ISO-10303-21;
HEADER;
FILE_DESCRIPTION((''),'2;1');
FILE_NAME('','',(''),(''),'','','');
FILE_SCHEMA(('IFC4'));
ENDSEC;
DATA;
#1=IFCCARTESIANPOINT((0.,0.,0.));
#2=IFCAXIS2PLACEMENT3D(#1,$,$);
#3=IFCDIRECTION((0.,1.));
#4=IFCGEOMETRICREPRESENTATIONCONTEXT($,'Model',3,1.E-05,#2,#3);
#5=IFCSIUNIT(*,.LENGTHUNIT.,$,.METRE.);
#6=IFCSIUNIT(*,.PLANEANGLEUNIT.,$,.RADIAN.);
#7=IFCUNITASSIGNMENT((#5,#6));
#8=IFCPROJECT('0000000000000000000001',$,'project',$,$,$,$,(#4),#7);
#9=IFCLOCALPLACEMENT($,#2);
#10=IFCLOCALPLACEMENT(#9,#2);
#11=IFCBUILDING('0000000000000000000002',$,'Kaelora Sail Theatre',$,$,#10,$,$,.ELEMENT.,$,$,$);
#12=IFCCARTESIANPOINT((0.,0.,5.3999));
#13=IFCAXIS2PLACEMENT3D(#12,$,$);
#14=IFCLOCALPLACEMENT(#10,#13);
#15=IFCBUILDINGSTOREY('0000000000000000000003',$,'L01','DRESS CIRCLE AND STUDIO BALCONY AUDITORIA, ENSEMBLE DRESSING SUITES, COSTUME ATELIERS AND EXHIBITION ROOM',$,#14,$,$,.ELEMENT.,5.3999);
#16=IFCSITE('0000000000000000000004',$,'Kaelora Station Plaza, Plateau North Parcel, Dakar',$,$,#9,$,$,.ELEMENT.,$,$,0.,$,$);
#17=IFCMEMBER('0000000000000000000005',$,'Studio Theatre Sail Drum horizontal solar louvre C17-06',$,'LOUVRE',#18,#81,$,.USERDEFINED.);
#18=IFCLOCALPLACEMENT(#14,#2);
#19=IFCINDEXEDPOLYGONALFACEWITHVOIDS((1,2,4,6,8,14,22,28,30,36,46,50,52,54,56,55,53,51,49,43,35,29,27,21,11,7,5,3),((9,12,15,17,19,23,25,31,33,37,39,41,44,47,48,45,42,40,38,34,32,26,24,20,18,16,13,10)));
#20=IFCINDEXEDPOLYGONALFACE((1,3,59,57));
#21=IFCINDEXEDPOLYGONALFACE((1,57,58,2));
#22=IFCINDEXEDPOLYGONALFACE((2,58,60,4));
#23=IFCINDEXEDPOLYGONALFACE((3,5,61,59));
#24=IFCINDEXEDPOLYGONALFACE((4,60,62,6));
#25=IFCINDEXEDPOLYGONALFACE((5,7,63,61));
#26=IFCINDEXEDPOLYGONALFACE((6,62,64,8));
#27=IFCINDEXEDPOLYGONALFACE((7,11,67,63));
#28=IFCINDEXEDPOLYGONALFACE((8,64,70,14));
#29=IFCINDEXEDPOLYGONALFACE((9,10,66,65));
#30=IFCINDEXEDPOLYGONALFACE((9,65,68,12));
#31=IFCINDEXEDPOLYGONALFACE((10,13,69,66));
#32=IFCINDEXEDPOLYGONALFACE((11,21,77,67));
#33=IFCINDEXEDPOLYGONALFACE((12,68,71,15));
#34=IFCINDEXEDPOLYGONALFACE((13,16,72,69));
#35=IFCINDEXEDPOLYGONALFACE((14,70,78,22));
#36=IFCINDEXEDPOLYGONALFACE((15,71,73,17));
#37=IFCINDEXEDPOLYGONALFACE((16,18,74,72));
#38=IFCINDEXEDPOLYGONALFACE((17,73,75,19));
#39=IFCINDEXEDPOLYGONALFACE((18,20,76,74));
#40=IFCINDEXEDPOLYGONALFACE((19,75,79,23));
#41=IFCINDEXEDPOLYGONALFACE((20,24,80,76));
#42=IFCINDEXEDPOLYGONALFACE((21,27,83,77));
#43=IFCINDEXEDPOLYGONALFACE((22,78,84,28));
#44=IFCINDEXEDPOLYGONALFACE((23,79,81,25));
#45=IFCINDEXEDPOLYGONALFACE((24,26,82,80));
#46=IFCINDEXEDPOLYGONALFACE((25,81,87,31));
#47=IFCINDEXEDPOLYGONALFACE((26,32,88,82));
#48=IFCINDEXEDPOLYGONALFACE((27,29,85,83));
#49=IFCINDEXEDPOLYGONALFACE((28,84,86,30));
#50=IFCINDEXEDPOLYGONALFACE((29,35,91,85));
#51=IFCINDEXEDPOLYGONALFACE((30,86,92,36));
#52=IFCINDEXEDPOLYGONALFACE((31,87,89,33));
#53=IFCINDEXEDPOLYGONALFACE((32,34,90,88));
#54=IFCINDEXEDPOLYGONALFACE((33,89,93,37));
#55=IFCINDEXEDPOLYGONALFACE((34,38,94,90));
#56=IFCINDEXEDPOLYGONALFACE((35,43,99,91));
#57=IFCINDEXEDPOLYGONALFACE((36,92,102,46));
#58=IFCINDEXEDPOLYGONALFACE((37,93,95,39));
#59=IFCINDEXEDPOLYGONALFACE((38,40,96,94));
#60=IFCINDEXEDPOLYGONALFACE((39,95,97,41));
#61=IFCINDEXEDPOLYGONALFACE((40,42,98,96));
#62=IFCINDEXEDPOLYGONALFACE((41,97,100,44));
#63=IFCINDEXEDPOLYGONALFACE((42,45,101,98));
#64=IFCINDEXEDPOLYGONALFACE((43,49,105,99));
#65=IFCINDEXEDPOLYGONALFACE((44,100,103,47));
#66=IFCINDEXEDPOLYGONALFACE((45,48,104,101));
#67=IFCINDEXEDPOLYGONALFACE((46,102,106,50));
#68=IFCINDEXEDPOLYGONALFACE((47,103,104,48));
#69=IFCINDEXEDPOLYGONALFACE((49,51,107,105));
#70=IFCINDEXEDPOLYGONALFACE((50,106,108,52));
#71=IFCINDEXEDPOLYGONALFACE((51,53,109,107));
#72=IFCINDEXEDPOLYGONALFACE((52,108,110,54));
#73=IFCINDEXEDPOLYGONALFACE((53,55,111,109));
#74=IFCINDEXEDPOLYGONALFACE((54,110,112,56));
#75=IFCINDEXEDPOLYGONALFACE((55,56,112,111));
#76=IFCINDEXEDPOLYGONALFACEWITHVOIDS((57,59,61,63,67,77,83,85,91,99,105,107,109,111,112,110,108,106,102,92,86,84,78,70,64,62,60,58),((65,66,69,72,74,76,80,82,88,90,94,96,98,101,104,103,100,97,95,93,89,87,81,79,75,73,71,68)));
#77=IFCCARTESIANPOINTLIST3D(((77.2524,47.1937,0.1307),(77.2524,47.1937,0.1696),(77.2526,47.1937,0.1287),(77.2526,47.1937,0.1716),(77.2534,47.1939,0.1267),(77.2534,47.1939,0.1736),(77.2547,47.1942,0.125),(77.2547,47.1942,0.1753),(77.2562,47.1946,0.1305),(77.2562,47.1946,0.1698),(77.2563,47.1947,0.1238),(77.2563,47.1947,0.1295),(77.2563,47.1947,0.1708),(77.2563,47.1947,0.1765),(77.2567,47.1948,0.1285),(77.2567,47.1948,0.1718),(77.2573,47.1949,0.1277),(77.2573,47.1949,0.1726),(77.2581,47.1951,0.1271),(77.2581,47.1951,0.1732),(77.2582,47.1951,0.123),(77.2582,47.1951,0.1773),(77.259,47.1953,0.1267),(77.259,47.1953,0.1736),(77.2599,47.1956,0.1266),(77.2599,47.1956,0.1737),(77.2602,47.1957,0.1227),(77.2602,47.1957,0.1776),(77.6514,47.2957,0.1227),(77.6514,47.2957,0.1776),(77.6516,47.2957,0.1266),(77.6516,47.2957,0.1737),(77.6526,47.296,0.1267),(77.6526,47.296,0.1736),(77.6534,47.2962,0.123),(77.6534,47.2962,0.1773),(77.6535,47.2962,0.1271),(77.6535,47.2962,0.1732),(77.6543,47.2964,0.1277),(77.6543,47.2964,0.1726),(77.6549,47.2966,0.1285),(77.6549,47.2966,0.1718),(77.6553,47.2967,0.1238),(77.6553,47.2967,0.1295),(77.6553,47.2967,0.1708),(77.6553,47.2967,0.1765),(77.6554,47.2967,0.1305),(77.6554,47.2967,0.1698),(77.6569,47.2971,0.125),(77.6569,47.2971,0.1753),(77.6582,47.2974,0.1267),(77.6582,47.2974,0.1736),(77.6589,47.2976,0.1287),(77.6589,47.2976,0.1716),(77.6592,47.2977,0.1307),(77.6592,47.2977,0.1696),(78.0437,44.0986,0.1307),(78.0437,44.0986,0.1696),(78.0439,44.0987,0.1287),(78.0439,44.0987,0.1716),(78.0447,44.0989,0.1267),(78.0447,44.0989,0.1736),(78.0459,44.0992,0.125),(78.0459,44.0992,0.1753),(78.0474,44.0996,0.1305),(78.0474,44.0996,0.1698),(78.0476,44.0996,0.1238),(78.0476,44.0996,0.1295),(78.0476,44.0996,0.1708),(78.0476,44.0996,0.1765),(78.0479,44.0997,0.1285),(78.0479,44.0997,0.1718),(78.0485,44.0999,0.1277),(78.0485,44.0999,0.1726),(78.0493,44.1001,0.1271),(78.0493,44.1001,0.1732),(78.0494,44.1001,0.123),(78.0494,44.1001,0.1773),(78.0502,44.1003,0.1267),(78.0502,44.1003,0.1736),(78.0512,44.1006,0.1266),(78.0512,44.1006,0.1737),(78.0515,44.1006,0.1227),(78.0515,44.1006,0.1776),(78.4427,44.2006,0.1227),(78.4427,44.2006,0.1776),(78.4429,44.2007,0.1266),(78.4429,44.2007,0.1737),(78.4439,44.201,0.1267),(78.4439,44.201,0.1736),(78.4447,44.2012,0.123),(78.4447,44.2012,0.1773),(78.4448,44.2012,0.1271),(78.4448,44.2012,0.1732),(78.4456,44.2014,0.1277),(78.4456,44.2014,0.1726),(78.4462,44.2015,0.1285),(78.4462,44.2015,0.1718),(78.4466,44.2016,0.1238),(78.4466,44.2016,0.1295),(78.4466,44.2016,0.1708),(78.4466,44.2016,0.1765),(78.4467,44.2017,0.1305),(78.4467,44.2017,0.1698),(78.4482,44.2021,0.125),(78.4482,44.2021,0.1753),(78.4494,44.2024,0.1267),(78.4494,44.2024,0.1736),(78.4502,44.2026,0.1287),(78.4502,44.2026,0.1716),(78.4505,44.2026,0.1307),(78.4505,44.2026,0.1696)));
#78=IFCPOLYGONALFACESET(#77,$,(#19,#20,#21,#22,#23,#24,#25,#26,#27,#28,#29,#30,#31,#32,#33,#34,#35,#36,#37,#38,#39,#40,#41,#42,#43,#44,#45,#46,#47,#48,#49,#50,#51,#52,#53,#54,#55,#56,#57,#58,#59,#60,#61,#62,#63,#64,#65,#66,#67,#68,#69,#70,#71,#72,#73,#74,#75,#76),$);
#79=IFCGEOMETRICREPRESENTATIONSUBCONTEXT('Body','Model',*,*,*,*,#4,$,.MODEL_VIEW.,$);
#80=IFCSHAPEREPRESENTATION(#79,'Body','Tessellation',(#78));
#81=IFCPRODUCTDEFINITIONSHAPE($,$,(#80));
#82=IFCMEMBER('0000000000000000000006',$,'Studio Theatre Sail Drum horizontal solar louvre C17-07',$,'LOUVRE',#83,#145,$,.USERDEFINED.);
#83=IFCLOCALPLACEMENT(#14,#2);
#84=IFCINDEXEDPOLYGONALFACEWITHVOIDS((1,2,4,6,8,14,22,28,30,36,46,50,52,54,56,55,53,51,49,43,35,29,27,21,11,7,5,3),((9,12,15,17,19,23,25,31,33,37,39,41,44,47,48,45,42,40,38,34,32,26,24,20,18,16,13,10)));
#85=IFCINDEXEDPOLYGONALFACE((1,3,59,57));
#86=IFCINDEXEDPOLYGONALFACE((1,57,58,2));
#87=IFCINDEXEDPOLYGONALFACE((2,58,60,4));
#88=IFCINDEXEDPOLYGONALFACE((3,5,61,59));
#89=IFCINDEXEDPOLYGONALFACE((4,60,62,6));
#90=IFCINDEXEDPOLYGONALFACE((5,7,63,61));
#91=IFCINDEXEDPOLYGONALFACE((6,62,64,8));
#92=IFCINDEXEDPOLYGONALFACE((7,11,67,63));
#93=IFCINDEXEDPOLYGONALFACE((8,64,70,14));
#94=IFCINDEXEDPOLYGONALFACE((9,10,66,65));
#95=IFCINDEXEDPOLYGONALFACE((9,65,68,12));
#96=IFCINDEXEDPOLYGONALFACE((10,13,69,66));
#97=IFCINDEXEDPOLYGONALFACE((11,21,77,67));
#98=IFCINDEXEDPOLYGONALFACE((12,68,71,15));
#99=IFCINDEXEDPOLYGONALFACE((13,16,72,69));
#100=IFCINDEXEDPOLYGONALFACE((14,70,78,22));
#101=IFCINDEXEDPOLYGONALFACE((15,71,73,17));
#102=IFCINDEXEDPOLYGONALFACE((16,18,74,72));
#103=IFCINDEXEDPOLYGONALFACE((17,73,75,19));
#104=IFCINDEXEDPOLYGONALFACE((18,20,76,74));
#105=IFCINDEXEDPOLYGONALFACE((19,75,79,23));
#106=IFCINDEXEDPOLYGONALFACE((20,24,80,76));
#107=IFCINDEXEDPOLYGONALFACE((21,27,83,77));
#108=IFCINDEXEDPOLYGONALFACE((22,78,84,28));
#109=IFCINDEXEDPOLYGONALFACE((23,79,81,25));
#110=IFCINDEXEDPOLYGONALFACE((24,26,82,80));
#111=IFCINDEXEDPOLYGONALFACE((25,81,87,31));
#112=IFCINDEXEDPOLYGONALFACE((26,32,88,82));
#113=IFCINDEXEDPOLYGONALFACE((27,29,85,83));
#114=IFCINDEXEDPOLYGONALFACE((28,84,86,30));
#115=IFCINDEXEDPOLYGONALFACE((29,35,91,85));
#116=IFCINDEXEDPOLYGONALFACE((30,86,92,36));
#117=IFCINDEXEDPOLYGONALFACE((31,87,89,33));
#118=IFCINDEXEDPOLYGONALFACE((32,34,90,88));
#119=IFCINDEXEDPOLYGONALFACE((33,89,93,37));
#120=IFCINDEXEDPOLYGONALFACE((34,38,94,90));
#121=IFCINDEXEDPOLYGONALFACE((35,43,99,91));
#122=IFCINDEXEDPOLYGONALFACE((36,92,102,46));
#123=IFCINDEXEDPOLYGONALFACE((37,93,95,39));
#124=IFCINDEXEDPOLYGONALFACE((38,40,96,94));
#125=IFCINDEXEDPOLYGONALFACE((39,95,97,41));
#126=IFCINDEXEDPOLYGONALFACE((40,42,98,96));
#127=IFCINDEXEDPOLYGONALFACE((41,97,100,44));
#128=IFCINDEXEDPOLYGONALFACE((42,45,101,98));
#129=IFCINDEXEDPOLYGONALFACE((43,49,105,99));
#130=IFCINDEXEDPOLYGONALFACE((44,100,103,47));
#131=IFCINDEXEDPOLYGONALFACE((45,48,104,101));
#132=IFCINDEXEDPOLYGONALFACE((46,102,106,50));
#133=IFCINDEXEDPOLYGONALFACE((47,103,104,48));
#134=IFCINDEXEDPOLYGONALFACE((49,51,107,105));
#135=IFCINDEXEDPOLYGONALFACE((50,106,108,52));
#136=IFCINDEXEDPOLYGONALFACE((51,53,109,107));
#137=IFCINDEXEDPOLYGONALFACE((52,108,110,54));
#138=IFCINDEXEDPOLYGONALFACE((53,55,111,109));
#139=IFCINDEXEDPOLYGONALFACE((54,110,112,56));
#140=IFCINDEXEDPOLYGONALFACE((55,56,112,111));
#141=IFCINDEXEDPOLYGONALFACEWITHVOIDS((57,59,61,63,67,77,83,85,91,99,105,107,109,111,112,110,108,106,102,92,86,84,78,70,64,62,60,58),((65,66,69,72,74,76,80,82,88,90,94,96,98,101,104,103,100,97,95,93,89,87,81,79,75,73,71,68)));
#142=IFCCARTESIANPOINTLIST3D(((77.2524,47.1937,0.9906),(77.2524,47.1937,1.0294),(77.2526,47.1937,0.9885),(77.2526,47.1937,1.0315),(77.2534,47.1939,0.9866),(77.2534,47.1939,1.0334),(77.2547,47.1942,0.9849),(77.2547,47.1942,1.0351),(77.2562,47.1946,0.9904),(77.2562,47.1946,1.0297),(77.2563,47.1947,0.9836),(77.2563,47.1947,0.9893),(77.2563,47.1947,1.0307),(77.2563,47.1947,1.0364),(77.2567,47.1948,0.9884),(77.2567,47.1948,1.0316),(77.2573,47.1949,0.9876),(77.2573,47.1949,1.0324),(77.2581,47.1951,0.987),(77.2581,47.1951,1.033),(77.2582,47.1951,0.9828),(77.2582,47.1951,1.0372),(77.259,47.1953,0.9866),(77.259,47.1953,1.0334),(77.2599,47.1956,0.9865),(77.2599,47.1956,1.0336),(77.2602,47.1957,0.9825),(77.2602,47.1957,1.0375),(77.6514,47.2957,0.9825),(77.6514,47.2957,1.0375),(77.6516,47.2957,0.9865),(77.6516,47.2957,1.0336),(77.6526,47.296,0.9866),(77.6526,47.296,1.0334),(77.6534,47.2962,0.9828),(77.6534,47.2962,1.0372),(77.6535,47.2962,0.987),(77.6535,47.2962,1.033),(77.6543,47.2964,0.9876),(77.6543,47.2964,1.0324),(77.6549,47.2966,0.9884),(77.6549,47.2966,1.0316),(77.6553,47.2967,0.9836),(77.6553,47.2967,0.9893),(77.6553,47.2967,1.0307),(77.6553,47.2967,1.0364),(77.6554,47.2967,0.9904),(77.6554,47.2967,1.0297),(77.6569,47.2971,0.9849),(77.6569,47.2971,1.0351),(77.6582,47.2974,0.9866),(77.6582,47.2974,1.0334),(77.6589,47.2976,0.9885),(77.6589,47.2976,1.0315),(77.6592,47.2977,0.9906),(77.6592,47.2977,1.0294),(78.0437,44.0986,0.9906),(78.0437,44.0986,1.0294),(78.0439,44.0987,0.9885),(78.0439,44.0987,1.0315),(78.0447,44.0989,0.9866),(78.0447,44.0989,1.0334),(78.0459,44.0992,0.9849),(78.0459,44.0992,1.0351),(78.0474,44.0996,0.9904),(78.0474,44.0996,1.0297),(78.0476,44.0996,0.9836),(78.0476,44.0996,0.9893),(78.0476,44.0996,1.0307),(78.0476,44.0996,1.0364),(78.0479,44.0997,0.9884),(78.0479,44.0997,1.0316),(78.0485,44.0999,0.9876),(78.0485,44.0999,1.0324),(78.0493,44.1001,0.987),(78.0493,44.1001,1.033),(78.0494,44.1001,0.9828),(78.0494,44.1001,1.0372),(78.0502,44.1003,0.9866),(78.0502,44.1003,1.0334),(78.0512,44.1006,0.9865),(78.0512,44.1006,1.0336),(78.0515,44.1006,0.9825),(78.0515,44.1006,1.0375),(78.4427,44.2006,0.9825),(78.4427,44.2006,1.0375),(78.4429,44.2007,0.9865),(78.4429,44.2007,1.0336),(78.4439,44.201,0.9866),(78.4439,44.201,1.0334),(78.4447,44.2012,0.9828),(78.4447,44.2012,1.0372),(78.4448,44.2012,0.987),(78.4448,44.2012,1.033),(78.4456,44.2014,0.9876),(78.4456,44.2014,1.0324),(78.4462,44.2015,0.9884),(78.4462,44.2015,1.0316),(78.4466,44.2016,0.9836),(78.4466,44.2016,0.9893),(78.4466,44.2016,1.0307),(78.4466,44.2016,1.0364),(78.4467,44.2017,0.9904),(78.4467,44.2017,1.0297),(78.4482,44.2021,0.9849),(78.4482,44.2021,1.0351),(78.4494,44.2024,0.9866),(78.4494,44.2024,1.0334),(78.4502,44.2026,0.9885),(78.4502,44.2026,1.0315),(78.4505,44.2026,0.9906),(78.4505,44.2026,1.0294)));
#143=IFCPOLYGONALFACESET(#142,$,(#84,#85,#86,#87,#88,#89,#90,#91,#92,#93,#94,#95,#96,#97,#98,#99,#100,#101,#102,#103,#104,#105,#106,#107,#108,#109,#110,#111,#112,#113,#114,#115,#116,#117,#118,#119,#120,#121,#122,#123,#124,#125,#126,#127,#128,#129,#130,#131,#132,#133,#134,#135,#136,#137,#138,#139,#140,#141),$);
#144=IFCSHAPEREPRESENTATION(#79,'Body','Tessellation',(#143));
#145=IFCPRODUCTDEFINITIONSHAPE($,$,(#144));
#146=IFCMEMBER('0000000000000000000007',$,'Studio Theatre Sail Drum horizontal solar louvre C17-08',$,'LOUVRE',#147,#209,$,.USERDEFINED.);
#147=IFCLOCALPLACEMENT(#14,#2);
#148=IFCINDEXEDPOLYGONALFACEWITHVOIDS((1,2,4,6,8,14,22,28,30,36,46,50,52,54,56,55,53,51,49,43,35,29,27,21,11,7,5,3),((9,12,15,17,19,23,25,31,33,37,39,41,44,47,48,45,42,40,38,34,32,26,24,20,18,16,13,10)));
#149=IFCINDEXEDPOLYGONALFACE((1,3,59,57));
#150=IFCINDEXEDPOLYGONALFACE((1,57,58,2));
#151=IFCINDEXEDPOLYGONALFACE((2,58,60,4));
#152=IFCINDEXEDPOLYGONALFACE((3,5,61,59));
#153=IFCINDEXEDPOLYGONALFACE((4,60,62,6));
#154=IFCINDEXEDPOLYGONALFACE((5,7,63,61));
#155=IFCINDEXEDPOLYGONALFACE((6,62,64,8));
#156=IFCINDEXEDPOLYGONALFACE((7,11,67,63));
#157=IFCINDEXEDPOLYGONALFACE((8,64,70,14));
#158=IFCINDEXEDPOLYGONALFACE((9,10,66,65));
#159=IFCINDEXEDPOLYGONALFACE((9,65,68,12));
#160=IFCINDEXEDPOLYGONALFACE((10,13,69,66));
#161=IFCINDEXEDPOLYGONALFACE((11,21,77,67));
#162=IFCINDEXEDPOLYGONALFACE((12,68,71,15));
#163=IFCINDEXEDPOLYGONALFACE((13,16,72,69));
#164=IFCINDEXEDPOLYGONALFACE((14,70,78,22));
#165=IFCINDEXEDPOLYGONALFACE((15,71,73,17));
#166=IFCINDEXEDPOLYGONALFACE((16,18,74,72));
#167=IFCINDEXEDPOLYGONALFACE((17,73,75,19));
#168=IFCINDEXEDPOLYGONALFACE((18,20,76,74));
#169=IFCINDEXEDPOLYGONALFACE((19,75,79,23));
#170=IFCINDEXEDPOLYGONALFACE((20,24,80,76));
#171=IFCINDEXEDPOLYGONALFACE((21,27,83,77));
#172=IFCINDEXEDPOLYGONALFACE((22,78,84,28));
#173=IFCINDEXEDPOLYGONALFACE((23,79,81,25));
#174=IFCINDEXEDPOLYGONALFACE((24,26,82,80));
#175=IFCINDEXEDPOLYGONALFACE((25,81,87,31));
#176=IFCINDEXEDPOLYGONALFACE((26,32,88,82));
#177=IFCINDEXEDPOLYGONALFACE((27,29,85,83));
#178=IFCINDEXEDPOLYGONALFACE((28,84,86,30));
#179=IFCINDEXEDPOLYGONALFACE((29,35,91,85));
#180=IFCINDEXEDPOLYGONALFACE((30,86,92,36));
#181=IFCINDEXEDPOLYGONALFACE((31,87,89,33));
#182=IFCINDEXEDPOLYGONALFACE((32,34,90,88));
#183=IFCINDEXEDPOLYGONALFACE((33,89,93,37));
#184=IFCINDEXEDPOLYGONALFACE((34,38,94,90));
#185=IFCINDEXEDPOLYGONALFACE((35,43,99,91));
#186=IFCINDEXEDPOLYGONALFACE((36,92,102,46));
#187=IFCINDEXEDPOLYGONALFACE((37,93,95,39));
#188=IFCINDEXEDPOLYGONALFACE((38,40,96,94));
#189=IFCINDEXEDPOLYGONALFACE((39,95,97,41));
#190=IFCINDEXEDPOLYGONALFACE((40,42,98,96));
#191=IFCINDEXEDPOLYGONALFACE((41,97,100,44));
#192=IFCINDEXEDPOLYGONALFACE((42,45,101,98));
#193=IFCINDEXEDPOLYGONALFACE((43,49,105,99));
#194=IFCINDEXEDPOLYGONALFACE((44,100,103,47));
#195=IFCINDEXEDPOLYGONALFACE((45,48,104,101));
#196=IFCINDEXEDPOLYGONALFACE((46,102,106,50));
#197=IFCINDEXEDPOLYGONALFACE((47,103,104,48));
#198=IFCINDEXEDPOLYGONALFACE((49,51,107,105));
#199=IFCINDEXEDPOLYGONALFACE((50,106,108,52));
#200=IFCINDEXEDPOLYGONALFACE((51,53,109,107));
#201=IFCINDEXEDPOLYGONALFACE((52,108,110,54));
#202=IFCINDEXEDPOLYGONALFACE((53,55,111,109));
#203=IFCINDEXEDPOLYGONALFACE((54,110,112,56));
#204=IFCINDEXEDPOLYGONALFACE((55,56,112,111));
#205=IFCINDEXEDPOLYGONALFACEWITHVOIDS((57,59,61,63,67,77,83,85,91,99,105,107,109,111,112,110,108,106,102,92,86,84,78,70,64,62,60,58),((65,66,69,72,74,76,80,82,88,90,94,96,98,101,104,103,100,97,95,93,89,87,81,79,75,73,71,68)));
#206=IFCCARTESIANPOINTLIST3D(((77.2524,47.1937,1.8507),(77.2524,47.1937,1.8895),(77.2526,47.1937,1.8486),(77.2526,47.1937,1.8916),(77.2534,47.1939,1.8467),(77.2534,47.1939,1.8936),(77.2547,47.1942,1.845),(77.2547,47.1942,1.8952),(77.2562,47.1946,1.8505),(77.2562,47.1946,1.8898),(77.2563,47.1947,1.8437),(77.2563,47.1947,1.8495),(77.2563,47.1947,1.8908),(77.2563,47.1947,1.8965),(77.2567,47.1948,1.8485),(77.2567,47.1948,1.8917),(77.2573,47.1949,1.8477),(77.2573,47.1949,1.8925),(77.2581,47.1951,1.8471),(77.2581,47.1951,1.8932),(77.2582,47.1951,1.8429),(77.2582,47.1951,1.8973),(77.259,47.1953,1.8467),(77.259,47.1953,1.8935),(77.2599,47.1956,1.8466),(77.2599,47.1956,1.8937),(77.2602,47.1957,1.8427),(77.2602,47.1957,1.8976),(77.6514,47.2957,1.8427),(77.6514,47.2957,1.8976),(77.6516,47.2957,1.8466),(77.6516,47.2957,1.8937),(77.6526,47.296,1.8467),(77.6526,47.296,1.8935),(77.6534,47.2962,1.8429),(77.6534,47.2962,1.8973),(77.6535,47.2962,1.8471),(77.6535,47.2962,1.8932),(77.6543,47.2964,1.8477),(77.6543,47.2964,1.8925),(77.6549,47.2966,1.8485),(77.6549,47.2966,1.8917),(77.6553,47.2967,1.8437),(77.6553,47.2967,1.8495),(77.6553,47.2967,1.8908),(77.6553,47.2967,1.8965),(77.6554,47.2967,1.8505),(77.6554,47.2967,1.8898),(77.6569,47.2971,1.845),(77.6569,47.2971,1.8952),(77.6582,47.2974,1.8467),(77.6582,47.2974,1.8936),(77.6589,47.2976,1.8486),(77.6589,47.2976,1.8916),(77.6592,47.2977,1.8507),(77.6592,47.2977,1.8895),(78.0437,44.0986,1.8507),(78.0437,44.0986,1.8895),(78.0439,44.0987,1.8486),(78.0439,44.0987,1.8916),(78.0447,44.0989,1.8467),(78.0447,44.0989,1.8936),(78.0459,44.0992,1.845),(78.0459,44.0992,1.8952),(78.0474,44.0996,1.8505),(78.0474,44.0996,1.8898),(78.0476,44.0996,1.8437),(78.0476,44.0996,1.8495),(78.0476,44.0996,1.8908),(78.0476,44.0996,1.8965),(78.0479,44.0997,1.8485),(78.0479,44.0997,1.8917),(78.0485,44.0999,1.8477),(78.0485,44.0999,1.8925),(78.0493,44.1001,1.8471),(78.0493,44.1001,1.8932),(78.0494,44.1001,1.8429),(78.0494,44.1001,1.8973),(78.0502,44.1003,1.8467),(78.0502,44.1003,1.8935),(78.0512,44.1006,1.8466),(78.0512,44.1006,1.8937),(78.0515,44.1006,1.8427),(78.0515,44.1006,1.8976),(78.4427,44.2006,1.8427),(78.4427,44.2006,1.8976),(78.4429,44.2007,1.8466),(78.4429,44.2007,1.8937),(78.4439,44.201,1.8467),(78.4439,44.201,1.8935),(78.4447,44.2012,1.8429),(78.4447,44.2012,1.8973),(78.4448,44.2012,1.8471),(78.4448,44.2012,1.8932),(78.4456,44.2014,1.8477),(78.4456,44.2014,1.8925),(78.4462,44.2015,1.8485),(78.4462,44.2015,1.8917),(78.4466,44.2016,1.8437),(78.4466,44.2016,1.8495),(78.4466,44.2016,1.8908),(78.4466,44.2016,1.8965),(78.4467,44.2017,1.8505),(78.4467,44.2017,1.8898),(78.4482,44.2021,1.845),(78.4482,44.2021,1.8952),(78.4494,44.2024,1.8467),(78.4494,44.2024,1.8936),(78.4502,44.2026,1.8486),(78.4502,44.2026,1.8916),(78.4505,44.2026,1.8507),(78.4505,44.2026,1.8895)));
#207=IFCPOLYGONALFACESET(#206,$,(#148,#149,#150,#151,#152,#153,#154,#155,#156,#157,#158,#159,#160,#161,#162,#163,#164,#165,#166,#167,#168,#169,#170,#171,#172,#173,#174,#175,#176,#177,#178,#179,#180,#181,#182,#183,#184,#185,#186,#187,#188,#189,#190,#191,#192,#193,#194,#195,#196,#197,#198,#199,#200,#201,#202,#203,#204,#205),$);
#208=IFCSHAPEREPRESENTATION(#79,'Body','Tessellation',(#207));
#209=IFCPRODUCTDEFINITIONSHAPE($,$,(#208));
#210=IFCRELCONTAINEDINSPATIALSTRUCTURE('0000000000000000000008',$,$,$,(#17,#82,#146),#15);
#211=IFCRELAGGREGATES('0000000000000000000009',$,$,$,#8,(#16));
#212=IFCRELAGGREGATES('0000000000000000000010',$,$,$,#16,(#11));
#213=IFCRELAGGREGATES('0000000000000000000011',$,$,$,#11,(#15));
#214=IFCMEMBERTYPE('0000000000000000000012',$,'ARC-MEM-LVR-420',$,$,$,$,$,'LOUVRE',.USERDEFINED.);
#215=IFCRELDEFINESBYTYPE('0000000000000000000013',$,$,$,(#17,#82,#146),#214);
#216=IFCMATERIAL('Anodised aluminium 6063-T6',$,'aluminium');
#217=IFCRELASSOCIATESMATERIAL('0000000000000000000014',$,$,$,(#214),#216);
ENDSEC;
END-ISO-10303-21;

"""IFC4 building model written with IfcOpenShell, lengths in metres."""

from ifc_helpers import new_model, si_unit, direction, frame, origin, origin_2d, place, context, subcontext, project, spatial, hollow_rectangle, extrude, material, material_profile, profile_set, type_object, element, save


model = new_model("IFC4")

# Units and contexts
model_context = context("Model", 3, precision=1e-05, world=origin(), true_north=direction((0.0, 1.0)))
body_context = subcontext(model_context, "Body", "Model", "MODEL_VIEW")
ifc_project = project(units=[si_unit("LENGTHUNIT", "METRE"), si_unit("PLANEANGLEUNIT", "RADIAN")], contexts=[model_context])

# Site, building, storey
site_placement = place(None, origin())
site = spatial("IfcSite", under=ifc_project, at=site_placement, Name="Kaelora Station Plaza, Plateau North Parcel, Dakar", CompositionType="ELEMENT", RefElevation=0.0)
building_placement = place(site_placement, origin())
building = spatial("IfcBuilding", under=site, at=building_placement, Name="Kaelora Sail Theatre", CompositionType="ELEMENT")
storey_placement = place(building_placement, frame((0.0, 0.0, 5.3999)))
storey = spatial("IfcBuildingStorey", under=building, at=storey_placement, Name="L01", Description="DRESS CIRCLE AND STUDIO BALCONY AUDITORIA, ENSEMBLE DRESSING SUITES, COSTUME ATELIERS AND EXHIBITION ROOM", CompositionType="ELEMENT", Elevation=5.3999)

# Members
ifc_material_1 = material(Name="Anodised aluminium 6063-T6", Category="aluminium")
ifc_material_profile_1 = material_profile(ifc_material_1, hollow_rectangle(XDim=0.4199, YDim=0.0549, WallThickness=0.0039, InnerFilletRadius=0.0039, OuterFilletRadius=0.0081, at=origin_2d()), Name="LOUVRE 420x55x4")
ifc_profile_set_1 = profile_set([ifc_material_profile_1], Name="Anodised aluminium 6063-T6")
member_type = type_object("IfcMemberType", Name="ARC-MEM-LVR-420", ElementType="LOUVRE", PredefinedType="USERDEFINED", material=ifc_profile_set_1)
for number, where, z_axis, x_axis, name in (
    (1, (78.2471, 44.1506, 0.1501), (-0.247693, 0.968839, 0.0), (-0.968839, -0.247693, 0.0), "Studio Theatre Sail Drum horizontal solar louvre C17-06"),
    (2, (78.2471, 44.1506, 1.01), (-0.247693, 0.968839, 0.0), (-0.968839, -0.247693, 0.0), "Studio Theatre Sail Drum horizontal solar louvre C17-07"),
    (3, (78.2471, 44.1506, 1.8701), (-0.247693, 0.968839, 0.0), (-0.968839, -0.247693, 0.0), "Studio Theatre Sail Drum horizontal solar louvre C17-08"),
):
    element("IfcMember", number, at=place(storey_placement, frame(where, z_axis=z_axis, x_axis=x_axis)), inside=storey, type_object=member_type, Name=name, ObjectType="LOUVRE", PredefinedType="USERDEFINED", context=body_context, shape_type="SweptSolid", body=[
        extrude(hollow_rectangle(XDim=0.4199, YDim=0.0549, WallThickness=0.0039, InnerFilletRadius=0.0039, OuterFilletRadius=0.0081, at=origin_2d()), origin(), (0.0, 0.0, 1.0), 3.1946),
    ])

save(model, "model.ifc")
